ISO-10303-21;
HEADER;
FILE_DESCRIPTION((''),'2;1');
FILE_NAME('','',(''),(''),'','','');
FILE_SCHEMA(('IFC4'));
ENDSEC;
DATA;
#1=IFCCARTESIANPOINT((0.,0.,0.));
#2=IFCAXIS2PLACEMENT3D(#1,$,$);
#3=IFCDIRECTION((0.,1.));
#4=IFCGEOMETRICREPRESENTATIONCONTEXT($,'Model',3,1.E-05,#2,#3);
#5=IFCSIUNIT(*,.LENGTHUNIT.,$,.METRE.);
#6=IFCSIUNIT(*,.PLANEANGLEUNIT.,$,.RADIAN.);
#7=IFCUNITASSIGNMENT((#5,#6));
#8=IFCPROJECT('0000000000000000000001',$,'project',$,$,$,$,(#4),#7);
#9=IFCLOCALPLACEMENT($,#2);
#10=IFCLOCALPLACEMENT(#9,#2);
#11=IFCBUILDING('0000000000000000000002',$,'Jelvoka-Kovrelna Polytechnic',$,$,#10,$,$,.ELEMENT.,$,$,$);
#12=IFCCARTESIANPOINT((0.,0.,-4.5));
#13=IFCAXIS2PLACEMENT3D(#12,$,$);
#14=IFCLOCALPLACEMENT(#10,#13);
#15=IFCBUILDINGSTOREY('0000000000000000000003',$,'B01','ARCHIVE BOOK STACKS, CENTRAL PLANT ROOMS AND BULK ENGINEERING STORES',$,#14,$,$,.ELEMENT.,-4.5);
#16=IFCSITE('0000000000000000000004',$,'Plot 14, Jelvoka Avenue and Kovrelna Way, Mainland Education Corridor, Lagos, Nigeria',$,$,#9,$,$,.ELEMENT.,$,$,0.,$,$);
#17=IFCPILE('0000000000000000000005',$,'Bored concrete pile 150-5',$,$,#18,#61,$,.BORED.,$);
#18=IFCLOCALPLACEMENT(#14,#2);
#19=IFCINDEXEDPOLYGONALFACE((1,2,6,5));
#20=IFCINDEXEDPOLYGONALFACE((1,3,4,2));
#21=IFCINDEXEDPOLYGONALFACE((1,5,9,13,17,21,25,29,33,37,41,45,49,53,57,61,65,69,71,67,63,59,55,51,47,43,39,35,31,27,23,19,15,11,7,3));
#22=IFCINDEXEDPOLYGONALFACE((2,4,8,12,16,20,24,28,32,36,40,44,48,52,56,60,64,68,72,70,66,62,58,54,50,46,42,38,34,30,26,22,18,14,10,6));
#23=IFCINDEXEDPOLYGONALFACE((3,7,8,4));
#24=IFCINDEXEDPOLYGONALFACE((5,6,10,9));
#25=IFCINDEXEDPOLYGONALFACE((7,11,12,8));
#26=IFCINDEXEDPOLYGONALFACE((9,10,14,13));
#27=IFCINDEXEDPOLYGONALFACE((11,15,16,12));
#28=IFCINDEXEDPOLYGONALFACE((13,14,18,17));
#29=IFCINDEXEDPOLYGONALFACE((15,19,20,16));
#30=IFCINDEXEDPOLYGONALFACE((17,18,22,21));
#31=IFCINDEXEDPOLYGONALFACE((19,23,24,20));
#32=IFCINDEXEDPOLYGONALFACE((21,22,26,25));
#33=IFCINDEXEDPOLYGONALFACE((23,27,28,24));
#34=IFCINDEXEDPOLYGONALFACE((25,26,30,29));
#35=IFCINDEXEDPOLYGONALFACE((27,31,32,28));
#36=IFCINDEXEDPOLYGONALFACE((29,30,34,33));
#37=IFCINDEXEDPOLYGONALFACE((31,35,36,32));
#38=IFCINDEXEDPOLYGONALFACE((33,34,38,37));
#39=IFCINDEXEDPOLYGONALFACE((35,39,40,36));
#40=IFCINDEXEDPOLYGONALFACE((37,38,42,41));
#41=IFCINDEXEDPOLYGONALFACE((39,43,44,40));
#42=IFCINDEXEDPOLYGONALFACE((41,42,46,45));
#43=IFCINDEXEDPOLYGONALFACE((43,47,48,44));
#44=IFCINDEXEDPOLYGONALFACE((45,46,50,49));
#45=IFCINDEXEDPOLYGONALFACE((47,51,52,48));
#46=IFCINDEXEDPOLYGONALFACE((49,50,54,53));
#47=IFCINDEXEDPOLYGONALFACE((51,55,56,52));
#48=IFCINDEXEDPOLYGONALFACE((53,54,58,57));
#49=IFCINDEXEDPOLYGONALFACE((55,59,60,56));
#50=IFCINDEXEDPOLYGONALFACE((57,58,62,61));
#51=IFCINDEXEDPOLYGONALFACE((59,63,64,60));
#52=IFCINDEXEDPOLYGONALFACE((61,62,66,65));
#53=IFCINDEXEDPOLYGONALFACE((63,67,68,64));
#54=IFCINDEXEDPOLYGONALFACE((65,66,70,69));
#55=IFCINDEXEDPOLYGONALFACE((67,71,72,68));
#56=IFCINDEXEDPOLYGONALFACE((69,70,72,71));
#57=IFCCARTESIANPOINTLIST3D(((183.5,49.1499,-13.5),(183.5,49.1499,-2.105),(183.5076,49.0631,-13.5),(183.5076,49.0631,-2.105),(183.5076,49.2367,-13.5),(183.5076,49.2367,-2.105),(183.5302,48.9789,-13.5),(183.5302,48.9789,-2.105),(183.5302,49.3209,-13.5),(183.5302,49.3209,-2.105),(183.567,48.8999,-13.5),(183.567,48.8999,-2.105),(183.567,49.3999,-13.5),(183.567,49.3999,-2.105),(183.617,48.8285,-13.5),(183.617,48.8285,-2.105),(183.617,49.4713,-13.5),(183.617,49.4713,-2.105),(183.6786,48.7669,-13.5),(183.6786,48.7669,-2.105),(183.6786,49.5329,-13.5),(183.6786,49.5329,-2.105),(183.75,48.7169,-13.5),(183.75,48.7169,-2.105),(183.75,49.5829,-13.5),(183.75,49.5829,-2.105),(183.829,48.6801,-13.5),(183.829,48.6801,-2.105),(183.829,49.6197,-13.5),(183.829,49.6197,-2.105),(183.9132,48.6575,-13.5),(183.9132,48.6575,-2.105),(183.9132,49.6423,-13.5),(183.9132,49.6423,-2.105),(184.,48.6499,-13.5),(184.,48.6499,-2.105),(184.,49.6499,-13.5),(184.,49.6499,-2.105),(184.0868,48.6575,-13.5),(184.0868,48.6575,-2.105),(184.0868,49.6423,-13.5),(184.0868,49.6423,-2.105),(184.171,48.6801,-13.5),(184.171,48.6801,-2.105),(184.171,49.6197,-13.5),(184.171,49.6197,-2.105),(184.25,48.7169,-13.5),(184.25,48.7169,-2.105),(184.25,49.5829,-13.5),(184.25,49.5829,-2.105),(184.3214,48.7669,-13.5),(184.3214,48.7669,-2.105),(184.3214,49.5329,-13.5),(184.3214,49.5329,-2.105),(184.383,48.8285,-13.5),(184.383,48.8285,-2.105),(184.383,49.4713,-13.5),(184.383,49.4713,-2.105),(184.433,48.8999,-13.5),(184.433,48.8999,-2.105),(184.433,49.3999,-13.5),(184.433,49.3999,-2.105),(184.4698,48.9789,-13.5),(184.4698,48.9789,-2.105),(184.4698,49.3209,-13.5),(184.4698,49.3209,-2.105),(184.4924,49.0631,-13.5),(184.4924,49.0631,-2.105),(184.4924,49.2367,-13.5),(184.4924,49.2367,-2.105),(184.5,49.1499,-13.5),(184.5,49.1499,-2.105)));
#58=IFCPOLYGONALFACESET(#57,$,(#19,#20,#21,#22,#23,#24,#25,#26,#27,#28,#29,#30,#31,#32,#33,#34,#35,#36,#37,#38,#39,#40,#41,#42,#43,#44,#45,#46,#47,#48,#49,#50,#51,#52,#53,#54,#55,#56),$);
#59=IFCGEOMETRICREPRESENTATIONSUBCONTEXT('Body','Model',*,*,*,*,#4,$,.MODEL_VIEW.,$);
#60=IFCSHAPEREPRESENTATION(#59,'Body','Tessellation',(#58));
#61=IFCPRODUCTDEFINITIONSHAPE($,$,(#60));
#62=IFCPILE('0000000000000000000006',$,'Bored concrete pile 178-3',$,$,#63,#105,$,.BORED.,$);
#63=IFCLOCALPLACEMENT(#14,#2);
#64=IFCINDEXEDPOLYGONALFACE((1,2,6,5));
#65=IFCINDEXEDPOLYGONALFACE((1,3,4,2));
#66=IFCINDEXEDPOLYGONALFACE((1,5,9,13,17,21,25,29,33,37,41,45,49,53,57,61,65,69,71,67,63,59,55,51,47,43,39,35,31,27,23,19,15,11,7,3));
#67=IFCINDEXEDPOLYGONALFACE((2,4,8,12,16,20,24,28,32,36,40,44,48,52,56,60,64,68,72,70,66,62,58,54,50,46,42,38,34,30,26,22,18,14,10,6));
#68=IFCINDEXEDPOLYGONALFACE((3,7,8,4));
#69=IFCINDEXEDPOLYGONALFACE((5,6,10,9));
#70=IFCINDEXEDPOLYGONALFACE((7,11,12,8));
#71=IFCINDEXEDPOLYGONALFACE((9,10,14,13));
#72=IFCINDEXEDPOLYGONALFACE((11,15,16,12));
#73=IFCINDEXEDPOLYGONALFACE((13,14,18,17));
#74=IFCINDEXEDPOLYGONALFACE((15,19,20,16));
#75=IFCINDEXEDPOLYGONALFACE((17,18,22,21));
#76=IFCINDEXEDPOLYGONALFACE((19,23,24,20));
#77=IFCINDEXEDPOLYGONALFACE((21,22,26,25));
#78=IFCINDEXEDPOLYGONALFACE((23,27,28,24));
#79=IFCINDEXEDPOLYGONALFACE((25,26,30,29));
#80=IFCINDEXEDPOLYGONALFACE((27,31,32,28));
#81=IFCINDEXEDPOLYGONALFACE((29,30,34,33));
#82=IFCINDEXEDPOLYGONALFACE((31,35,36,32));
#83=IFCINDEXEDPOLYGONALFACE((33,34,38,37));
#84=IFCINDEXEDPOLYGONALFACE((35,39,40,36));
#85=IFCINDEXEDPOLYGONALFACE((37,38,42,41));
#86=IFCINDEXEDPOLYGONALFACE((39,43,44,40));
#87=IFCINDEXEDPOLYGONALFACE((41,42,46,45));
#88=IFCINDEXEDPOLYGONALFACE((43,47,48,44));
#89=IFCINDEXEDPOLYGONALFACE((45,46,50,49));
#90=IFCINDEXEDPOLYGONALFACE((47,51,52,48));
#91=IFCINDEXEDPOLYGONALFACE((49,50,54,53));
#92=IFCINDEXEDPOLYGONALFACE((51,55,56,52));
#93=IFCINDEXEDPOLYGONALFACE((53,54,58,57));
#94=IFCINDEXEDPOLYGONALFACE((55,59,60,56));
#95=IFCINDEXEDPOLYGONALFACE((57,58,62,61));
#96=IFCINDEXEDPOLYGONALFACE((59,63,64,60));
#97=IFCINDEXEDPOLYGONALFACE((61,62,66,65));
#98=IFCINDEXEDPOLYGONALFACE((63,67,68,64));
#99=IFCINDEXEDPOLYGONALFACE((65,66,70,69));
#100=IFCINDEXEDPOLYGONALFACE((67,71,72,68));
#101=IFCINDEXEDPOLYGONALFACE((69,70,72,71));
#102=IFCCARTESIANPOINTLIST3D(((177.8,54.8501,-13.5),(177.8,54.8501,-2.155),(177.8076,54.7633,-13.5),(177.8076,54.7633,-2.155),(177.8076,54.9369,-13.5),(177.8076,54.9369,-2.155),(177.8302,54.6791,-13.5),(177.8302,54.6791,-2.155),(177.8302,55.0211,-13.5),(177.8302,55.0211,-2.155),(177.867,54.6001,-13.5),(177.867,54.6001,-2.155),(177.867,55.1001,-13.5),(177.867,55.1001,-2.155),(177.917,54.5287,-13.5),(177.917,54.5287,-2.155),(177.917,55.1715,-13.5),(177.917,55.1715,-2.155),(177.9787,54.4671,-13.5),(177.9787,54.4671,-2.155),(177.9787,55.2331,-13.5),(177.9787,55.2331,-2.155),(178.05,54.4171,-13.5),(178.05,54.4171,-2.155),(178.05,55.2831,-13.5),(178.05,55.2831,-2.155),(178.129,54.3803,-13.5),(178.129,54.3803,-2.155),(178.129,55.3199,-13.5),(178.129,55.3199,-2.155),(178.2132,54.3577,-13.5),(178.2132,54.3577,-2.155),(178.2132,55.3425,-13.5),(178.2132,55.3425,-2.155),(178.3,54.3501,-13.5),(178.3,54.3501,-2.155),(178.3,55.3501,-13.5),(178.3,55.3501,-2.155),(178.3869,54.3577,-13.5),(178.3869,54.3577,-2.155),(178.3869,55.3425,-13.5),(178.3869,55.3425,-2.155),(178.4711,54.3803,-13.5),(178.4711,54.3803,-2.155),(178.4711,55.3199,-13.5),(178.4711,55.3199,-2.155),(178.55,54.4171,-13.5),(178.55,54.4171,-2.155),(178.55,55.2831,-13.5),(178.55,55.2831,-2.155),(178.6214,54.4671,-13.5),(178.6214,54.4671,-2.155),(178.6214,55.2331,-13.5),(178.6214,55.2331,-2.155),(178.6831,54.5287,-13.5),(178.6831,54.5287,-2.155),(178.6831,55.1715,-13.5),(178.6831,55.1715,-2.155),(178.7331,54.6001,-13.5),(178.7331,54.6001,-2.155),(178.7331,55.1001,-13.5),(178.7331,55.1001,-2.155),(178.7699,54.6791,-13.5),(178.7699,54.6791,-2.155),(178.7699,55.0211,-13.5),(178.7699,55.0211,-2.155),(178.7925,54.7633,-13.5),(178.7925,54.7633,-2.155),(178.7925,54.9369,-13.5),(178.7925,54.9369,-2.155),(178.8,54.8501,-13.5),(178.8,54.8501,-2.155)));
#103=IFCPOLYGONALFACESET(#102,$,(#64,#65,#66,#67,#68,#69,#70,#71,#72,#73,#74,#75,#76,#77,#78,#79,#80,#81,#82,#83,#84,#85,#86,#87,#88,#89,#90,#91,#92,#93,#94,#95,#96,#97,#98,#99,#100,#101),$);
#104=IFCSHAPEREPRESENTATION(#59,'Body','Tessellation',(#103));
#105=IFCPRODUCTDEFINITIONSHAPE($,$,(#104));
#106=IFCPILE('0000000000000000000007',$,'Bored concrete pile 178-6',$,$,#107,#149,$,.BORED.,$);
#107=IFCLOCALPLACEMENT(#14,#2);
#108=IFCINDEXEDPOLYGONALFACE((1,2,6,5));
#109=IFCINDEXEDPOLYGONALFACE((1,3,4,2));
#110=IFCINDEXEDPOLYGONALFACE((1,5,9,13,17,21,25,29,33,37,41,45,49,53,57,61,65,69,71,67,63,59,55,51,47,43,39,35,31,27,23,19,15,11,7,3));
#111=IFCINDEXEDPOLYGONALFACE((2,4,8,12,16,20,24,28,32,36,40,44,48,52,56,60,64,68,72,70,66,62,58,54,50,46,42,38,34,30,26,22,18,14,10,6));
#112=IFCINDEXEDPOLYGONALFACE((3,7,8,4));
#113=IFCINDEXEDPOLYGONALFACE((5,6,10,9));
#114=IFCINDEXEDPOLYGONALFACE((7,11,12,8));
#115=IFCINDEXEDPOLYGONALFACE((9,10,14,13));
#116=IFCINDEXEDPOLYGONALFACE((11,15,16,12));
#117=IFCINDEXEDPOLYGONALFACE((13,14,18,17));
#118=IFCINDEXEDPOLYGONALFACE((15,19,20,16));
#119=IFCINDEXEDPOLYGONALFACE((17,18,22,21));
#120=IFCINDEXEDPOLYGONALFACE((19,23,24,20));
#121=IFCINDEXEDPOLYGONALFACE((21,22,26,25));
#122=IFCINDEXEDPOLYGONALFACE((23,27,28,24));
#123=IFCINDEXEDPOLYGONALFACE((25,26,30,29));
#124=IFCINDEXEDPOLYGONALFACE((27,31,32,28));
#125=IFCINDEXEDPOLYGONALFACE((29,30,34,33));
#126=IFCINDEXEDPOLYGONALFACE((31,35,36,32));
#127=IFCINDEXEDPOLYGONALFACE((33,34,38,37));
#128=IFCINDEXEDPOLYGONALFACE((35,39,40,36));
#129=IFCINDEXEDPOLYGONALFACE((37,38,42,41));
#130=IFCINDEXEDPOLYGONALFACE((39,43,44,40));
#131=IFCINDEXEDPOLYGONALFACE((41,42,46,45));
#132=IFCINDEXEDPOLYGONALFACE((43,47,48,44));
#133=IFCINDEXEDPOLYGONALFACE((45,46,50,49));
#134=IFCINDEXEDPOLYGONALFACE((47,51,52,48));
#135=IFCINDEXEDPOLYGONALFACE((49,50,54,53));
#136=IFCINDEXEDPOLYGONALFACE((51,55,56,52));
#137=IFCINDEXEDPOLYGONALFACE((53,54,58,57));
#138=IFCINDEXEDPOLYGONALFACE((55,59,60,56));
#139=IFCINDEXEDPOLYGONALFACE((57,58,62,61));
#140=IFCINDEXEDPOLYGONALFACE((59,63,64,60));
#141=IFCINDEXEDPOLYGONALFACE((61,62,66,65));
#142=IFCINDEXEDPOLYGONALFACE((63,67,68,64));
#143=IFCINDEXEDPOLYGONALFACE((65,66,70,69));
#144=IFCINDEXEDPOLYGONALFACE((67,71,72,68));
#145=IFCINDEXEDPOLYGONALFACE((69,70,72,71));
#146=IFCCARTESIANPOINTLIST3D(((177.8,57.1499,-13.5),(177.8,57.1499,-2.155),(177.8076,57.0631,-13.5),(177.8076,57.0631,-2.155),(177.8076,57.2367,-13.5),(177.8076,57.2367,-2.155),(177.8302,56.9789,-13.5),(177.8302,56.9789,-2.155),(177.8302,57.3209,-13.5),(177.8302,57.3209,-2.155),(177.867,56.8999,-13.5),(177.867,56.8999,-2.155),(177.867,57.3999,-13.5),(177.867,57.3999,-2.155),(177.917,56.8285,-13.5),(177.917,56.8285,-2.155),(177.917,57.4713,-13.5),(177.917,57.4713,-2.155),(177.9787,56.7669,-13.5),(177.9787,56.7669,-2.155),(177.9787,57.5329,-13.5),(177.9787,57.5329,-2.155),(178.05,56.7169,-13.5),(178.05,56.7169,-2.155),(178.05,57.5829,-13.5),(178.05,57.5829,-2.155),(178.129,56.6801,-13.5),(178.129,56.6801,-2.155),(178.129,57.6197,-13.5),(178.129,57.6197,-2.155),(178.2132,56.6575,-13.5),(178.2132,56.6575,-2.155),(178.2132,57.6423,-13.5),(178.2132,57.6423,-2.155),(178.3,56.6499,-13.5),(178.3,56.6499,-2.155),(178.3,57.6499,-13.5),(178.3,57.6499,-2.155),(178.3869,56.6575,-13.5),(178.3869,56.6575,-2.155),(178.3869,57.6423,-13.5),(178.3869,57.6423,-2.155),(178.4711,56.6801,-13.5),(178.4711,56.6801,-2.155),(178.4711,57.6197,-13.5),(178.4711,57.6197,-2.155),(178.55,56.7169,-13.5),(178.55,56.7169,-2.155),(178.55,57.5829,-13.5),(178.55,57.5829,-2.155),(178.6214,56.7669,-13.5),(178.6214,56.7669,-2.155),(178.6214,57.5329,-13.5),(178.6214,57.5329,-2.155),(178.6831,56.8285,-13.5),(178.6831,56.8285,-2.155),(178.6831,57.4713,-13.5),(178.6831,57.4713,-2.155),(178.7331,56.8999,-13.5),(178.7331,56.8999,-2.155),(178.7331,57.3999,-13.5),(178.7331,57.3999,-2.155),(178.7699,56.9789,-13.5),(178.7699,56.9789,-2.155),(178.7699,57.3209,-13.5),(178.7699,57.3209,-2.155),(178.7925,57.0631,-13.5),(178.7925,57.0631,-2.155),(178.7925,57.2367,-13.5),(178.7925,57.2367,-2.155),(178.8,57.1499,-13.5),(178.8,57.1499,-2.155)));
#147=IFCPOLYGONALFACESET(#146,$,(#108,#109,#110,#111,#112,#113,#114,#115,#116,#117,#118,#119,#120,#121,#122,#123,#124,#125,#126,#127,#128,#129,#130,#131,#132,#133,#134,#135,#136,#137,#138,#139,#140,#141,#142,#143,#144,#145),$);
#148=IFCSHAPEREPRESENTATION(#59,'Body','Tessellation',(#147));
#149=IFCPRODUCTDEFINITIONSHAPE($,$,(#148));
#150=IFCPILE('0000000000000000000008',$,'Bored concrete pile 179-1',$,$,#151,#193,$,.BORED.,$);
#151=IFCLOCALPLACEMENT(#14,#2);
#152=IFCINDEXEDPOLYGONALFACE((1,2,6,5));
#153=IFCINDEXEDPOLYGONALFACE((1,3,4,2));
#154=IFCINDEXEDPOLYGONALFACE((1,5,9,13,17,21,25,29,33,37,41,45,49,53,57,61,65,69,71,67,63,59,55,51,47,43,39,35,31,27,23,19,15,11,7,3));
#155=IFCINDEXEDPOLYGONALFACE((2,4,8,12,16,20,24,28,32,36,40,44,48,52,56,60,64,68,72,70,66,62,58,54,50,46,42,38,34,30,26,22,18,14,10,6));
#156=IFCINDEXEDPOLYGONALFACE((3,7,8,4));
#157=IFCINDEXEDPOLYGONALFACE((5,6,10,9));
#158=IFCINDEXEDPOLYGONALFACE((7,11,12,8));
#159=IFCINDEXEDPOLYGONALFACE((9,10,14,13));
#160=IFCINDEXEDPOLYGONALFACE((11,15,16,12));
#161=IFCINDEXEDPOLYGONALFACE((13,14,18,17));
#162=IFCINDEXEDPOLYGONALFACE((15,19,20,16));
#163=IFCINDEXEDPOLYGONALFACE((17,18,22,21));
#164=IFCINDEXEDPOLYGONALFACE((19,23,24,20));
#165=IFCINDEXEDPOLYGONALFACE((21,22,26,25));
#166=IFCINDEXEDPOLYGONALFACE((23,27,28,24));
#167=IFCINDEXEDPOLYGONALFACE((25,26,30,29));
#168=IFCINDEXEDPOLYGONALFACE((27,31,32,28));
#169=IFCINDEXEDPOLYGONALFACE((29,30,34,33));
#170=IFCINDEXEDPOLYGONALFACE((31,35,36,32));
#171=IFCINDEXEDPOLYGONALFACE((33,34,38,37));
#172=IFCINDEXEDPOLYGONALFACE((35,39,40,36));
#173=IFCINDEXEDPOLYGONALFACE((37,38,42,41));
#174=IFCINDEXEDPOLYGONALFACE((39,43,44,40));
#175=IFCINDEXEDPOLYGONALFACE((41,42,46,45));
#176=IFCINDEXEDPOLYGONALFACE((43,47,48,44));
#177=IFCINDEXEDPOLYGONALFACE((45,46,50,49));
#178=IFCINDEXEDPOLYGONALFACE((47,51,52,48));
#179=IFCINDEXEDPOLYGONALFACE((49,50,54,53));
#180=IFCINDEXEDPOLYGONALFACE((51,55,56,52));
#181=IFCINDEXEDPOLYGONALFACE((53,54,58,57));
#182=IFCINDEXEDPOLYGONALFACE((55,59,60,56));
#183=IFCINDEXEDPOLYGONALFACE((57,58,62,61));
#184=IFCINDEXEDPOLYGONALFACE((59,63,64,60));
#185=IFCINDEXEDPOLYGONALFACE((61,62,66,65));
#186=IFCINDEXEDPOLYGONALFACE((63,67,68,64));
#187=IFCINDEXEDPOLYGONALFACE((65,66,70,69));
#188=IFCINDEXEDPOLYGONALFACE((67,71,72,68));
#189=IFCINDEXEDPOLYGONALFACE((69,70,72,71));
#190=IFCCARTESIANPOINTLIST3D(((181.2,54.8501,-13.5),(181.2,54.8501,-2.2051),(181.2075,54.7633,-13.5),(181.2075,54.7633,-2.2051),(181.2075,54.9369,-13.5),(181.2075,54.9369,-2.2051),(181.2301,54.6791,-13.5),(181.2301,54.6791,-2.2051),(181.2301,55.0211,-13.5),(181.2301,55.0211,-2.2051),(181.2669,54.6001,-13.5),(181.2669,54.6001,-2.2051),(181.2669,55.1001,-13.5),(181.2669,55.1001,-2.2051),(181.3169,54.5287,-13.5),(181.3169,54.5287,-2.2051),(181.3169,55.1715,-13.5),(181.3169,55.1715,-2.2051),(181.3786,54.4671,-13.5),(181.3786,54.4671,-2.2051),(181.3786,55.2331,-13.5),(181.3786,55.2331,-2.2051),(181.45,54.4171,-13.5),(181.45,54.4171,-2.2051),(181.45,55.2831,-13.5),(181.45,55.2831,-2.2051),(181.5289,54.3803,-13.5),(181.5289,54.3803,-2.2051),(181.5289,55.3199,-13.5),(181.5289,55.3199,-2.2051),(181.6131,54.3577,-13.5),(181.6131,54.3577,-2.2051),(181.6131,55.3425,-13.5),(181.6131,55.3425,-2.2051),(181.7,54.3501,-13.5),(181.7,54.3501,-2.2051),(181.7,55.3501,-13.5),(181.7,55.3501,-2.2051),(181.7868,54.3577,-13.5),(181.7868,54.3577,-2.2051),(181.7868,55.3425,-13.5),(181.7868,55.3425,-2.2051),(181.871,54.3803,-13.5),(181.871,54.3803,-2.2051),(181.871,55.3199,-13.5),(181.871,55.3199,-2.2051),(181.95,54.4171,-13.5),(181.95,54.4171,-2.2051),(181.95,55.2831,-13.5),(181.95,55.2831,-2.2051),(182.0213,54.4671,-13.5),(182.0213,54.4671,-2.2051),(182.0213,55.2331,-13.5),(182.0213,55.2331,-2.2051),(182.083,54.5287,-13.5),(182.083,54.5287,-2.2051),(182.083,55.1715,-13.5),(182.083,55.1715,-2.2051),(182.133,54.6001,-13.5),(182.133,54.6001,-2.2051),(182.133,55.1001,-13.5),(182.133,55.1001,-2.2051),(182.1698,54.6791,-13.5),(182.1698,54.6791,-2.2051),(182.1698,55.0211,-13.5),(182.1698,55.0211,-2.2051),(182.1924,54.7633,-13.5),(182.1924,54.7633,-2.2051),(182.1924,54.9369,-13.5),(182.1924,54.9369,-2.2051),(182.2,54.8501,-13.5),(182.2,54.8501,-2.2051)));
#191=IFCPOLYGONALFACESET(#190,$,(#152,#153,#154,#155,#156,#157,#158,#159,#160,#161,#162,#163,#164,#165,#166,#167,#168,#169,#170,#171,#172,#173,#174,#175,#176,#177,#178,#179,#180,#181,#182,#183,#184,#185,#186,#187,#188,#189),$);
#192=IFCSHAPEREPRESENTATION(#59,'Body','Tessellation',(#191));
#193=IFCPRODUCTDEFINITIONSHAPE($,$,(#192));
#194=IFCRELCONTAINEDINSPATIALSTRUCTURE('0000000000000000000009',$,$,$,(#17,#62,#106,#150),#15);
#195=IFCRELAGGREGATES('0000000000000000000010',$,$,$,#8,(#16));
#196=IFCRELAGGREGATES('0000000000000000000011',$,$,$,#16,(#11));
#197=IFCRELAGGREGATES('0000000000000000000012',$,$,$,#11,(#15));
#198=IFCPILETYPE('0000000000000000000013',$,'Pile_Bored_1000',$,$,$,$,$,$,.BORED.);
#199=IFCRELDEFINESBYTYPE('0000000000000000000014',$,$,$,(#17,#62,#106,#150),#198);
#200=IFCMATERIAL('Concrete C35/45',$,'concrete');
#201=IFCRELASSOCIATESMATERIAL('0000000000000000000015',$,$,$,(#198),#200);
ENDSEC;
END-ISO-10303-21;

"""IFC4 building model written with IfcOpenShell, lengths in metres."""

from ifc_helpers import new_model, si_unit, direction, frame, origin, origin_2d, place, context, subcontext, project, spatial, circle, extrude, material, material_profile, profile_set, type_object, element, save


model = new_model("IFC4")

# Units and contexts
model_context = context("Model", 3, precision=1e-05, world=origin(), true_north=direction((0.0, 1.0)))
body_context = subcontext(model_context, "Body", "Model", "MODEL_VIEW")
ifc_project = project(units=[si_unit("LENGTHUNIT", "METRE"), si_unit("PLANEANGLEUNIT", "RADIAN")], contexts=[model_context])

# Site, building, storey
site_placement = place(None, origin())
site = spatial("IfcSite", under=ifc_project, at=site_placement, Name="Plot 14, Jelvoka Avenue and Kovrelna Way, Mainland Education Corridor, Lagos, Nigeria", CompositionType="ELEMENT", RefElevation=0.0)
building_placement = place(site_placement, origin())
building = spatial("IfcBuilding", under=site, at=building_placement, Name="Jelvoka-Kovrelna Polytechnic", CompositionType="ELEMENT")
storey_placement = place(building_placement, frame((0.0, 0.0, -4.5)))
storey = spatial("IfcBuildingStorey", under=building, at=storey_placement, Name="B01", Description="ARCHIVE BOOK STACKS, CENTRAL PLANT ROOMS AND BULK ENGINEERING STORES", CompositionType="ELEMENT", Elevation=-4.5)

# Piles
ifc_material_1 = material(Name="Concrete C35/45", Category="concrete")
ifc_material_profile_1 = material_profile(ifc_material_1, circle(Radius=0.5, at=origin_2d()), Name="PILE D1000")
ifc_profile_set_1 = profile_set([ifc_material_profile_1], Name="Concrete C35/45")
pile_type = type_object("IfcPileType", Name="Pile_Bored_1000", PredefinedType="BORED", material=ifc_profile_set_1)
for number, where, z_axis, x_axis, name in (
    (1, (184.0, 49.1499, -2.105), (0.0, 0.0, -1.0), (1.0, 0.0, 0.0), "Bored concrete pile 150-5"),
):
    element("IfcPile", number, at=place(storey_placement, frame(where, z_axis=z_axis, x_axis=x_axis)), inside=storey, type_object=pile_type, Name=name, PredefinedType="BORED", context=body_context, shape_type="SweptSolid", body=[
        extrude(circle(Radius=0.5, at=origin_2d()), origin(), (0.0, 0.0, 1.0), 11.395),
    ])
for number, where, z_axis, x_axis, name in (
    (2, (178.3, 54.8501, -2.155), (0.0, 0.0, -1.0), (1.0, 0.0, 0.0), "Bored concrete pile 178-3"),
    (3, (178.3, 57.1499, -2.155), (0.0, 0.0, -1.0), (1.0, 0.0, 0.0), "Bored concrete pile 178-6"),
):
    element("IfcPile", number, at=place(storey_placement, frame(where, z_axis=z_axis, x_axis=x_axis)), inside=storey, type_object=pile_type, Name=name, PredefinedType="BORED", context=body_context, shape_type="SweptSolid", body=[
        extrude(circle(Radius=0.5, at=origin_2d()), origin(), (0.0, 0.0, 1.0), 11.345),
    ])
for number, where, z_axis, x_axis, name in (
    (4, (181.7, 54.8501, -2.2051), (0.0, 0.0, -1.0), (1.0, 0.0, 0.0), "Bored concrete pile 179-1"),
):
    element("IfcPile", number, at=place(storey_placement, frame(where, z_axis=z_axis, x_axis=x_axis)), inside=storey, type_object=pile_type, Name=name, PredefinedType="BORED", context=body_context, shape_type="SweptSolid", body=[
        extrude(circle(Radius=0.5, at=origin_2d()), origin(), (0.0, 0.0, 1.0), 11.2949),
    ])

save(model, "model.ifc")
